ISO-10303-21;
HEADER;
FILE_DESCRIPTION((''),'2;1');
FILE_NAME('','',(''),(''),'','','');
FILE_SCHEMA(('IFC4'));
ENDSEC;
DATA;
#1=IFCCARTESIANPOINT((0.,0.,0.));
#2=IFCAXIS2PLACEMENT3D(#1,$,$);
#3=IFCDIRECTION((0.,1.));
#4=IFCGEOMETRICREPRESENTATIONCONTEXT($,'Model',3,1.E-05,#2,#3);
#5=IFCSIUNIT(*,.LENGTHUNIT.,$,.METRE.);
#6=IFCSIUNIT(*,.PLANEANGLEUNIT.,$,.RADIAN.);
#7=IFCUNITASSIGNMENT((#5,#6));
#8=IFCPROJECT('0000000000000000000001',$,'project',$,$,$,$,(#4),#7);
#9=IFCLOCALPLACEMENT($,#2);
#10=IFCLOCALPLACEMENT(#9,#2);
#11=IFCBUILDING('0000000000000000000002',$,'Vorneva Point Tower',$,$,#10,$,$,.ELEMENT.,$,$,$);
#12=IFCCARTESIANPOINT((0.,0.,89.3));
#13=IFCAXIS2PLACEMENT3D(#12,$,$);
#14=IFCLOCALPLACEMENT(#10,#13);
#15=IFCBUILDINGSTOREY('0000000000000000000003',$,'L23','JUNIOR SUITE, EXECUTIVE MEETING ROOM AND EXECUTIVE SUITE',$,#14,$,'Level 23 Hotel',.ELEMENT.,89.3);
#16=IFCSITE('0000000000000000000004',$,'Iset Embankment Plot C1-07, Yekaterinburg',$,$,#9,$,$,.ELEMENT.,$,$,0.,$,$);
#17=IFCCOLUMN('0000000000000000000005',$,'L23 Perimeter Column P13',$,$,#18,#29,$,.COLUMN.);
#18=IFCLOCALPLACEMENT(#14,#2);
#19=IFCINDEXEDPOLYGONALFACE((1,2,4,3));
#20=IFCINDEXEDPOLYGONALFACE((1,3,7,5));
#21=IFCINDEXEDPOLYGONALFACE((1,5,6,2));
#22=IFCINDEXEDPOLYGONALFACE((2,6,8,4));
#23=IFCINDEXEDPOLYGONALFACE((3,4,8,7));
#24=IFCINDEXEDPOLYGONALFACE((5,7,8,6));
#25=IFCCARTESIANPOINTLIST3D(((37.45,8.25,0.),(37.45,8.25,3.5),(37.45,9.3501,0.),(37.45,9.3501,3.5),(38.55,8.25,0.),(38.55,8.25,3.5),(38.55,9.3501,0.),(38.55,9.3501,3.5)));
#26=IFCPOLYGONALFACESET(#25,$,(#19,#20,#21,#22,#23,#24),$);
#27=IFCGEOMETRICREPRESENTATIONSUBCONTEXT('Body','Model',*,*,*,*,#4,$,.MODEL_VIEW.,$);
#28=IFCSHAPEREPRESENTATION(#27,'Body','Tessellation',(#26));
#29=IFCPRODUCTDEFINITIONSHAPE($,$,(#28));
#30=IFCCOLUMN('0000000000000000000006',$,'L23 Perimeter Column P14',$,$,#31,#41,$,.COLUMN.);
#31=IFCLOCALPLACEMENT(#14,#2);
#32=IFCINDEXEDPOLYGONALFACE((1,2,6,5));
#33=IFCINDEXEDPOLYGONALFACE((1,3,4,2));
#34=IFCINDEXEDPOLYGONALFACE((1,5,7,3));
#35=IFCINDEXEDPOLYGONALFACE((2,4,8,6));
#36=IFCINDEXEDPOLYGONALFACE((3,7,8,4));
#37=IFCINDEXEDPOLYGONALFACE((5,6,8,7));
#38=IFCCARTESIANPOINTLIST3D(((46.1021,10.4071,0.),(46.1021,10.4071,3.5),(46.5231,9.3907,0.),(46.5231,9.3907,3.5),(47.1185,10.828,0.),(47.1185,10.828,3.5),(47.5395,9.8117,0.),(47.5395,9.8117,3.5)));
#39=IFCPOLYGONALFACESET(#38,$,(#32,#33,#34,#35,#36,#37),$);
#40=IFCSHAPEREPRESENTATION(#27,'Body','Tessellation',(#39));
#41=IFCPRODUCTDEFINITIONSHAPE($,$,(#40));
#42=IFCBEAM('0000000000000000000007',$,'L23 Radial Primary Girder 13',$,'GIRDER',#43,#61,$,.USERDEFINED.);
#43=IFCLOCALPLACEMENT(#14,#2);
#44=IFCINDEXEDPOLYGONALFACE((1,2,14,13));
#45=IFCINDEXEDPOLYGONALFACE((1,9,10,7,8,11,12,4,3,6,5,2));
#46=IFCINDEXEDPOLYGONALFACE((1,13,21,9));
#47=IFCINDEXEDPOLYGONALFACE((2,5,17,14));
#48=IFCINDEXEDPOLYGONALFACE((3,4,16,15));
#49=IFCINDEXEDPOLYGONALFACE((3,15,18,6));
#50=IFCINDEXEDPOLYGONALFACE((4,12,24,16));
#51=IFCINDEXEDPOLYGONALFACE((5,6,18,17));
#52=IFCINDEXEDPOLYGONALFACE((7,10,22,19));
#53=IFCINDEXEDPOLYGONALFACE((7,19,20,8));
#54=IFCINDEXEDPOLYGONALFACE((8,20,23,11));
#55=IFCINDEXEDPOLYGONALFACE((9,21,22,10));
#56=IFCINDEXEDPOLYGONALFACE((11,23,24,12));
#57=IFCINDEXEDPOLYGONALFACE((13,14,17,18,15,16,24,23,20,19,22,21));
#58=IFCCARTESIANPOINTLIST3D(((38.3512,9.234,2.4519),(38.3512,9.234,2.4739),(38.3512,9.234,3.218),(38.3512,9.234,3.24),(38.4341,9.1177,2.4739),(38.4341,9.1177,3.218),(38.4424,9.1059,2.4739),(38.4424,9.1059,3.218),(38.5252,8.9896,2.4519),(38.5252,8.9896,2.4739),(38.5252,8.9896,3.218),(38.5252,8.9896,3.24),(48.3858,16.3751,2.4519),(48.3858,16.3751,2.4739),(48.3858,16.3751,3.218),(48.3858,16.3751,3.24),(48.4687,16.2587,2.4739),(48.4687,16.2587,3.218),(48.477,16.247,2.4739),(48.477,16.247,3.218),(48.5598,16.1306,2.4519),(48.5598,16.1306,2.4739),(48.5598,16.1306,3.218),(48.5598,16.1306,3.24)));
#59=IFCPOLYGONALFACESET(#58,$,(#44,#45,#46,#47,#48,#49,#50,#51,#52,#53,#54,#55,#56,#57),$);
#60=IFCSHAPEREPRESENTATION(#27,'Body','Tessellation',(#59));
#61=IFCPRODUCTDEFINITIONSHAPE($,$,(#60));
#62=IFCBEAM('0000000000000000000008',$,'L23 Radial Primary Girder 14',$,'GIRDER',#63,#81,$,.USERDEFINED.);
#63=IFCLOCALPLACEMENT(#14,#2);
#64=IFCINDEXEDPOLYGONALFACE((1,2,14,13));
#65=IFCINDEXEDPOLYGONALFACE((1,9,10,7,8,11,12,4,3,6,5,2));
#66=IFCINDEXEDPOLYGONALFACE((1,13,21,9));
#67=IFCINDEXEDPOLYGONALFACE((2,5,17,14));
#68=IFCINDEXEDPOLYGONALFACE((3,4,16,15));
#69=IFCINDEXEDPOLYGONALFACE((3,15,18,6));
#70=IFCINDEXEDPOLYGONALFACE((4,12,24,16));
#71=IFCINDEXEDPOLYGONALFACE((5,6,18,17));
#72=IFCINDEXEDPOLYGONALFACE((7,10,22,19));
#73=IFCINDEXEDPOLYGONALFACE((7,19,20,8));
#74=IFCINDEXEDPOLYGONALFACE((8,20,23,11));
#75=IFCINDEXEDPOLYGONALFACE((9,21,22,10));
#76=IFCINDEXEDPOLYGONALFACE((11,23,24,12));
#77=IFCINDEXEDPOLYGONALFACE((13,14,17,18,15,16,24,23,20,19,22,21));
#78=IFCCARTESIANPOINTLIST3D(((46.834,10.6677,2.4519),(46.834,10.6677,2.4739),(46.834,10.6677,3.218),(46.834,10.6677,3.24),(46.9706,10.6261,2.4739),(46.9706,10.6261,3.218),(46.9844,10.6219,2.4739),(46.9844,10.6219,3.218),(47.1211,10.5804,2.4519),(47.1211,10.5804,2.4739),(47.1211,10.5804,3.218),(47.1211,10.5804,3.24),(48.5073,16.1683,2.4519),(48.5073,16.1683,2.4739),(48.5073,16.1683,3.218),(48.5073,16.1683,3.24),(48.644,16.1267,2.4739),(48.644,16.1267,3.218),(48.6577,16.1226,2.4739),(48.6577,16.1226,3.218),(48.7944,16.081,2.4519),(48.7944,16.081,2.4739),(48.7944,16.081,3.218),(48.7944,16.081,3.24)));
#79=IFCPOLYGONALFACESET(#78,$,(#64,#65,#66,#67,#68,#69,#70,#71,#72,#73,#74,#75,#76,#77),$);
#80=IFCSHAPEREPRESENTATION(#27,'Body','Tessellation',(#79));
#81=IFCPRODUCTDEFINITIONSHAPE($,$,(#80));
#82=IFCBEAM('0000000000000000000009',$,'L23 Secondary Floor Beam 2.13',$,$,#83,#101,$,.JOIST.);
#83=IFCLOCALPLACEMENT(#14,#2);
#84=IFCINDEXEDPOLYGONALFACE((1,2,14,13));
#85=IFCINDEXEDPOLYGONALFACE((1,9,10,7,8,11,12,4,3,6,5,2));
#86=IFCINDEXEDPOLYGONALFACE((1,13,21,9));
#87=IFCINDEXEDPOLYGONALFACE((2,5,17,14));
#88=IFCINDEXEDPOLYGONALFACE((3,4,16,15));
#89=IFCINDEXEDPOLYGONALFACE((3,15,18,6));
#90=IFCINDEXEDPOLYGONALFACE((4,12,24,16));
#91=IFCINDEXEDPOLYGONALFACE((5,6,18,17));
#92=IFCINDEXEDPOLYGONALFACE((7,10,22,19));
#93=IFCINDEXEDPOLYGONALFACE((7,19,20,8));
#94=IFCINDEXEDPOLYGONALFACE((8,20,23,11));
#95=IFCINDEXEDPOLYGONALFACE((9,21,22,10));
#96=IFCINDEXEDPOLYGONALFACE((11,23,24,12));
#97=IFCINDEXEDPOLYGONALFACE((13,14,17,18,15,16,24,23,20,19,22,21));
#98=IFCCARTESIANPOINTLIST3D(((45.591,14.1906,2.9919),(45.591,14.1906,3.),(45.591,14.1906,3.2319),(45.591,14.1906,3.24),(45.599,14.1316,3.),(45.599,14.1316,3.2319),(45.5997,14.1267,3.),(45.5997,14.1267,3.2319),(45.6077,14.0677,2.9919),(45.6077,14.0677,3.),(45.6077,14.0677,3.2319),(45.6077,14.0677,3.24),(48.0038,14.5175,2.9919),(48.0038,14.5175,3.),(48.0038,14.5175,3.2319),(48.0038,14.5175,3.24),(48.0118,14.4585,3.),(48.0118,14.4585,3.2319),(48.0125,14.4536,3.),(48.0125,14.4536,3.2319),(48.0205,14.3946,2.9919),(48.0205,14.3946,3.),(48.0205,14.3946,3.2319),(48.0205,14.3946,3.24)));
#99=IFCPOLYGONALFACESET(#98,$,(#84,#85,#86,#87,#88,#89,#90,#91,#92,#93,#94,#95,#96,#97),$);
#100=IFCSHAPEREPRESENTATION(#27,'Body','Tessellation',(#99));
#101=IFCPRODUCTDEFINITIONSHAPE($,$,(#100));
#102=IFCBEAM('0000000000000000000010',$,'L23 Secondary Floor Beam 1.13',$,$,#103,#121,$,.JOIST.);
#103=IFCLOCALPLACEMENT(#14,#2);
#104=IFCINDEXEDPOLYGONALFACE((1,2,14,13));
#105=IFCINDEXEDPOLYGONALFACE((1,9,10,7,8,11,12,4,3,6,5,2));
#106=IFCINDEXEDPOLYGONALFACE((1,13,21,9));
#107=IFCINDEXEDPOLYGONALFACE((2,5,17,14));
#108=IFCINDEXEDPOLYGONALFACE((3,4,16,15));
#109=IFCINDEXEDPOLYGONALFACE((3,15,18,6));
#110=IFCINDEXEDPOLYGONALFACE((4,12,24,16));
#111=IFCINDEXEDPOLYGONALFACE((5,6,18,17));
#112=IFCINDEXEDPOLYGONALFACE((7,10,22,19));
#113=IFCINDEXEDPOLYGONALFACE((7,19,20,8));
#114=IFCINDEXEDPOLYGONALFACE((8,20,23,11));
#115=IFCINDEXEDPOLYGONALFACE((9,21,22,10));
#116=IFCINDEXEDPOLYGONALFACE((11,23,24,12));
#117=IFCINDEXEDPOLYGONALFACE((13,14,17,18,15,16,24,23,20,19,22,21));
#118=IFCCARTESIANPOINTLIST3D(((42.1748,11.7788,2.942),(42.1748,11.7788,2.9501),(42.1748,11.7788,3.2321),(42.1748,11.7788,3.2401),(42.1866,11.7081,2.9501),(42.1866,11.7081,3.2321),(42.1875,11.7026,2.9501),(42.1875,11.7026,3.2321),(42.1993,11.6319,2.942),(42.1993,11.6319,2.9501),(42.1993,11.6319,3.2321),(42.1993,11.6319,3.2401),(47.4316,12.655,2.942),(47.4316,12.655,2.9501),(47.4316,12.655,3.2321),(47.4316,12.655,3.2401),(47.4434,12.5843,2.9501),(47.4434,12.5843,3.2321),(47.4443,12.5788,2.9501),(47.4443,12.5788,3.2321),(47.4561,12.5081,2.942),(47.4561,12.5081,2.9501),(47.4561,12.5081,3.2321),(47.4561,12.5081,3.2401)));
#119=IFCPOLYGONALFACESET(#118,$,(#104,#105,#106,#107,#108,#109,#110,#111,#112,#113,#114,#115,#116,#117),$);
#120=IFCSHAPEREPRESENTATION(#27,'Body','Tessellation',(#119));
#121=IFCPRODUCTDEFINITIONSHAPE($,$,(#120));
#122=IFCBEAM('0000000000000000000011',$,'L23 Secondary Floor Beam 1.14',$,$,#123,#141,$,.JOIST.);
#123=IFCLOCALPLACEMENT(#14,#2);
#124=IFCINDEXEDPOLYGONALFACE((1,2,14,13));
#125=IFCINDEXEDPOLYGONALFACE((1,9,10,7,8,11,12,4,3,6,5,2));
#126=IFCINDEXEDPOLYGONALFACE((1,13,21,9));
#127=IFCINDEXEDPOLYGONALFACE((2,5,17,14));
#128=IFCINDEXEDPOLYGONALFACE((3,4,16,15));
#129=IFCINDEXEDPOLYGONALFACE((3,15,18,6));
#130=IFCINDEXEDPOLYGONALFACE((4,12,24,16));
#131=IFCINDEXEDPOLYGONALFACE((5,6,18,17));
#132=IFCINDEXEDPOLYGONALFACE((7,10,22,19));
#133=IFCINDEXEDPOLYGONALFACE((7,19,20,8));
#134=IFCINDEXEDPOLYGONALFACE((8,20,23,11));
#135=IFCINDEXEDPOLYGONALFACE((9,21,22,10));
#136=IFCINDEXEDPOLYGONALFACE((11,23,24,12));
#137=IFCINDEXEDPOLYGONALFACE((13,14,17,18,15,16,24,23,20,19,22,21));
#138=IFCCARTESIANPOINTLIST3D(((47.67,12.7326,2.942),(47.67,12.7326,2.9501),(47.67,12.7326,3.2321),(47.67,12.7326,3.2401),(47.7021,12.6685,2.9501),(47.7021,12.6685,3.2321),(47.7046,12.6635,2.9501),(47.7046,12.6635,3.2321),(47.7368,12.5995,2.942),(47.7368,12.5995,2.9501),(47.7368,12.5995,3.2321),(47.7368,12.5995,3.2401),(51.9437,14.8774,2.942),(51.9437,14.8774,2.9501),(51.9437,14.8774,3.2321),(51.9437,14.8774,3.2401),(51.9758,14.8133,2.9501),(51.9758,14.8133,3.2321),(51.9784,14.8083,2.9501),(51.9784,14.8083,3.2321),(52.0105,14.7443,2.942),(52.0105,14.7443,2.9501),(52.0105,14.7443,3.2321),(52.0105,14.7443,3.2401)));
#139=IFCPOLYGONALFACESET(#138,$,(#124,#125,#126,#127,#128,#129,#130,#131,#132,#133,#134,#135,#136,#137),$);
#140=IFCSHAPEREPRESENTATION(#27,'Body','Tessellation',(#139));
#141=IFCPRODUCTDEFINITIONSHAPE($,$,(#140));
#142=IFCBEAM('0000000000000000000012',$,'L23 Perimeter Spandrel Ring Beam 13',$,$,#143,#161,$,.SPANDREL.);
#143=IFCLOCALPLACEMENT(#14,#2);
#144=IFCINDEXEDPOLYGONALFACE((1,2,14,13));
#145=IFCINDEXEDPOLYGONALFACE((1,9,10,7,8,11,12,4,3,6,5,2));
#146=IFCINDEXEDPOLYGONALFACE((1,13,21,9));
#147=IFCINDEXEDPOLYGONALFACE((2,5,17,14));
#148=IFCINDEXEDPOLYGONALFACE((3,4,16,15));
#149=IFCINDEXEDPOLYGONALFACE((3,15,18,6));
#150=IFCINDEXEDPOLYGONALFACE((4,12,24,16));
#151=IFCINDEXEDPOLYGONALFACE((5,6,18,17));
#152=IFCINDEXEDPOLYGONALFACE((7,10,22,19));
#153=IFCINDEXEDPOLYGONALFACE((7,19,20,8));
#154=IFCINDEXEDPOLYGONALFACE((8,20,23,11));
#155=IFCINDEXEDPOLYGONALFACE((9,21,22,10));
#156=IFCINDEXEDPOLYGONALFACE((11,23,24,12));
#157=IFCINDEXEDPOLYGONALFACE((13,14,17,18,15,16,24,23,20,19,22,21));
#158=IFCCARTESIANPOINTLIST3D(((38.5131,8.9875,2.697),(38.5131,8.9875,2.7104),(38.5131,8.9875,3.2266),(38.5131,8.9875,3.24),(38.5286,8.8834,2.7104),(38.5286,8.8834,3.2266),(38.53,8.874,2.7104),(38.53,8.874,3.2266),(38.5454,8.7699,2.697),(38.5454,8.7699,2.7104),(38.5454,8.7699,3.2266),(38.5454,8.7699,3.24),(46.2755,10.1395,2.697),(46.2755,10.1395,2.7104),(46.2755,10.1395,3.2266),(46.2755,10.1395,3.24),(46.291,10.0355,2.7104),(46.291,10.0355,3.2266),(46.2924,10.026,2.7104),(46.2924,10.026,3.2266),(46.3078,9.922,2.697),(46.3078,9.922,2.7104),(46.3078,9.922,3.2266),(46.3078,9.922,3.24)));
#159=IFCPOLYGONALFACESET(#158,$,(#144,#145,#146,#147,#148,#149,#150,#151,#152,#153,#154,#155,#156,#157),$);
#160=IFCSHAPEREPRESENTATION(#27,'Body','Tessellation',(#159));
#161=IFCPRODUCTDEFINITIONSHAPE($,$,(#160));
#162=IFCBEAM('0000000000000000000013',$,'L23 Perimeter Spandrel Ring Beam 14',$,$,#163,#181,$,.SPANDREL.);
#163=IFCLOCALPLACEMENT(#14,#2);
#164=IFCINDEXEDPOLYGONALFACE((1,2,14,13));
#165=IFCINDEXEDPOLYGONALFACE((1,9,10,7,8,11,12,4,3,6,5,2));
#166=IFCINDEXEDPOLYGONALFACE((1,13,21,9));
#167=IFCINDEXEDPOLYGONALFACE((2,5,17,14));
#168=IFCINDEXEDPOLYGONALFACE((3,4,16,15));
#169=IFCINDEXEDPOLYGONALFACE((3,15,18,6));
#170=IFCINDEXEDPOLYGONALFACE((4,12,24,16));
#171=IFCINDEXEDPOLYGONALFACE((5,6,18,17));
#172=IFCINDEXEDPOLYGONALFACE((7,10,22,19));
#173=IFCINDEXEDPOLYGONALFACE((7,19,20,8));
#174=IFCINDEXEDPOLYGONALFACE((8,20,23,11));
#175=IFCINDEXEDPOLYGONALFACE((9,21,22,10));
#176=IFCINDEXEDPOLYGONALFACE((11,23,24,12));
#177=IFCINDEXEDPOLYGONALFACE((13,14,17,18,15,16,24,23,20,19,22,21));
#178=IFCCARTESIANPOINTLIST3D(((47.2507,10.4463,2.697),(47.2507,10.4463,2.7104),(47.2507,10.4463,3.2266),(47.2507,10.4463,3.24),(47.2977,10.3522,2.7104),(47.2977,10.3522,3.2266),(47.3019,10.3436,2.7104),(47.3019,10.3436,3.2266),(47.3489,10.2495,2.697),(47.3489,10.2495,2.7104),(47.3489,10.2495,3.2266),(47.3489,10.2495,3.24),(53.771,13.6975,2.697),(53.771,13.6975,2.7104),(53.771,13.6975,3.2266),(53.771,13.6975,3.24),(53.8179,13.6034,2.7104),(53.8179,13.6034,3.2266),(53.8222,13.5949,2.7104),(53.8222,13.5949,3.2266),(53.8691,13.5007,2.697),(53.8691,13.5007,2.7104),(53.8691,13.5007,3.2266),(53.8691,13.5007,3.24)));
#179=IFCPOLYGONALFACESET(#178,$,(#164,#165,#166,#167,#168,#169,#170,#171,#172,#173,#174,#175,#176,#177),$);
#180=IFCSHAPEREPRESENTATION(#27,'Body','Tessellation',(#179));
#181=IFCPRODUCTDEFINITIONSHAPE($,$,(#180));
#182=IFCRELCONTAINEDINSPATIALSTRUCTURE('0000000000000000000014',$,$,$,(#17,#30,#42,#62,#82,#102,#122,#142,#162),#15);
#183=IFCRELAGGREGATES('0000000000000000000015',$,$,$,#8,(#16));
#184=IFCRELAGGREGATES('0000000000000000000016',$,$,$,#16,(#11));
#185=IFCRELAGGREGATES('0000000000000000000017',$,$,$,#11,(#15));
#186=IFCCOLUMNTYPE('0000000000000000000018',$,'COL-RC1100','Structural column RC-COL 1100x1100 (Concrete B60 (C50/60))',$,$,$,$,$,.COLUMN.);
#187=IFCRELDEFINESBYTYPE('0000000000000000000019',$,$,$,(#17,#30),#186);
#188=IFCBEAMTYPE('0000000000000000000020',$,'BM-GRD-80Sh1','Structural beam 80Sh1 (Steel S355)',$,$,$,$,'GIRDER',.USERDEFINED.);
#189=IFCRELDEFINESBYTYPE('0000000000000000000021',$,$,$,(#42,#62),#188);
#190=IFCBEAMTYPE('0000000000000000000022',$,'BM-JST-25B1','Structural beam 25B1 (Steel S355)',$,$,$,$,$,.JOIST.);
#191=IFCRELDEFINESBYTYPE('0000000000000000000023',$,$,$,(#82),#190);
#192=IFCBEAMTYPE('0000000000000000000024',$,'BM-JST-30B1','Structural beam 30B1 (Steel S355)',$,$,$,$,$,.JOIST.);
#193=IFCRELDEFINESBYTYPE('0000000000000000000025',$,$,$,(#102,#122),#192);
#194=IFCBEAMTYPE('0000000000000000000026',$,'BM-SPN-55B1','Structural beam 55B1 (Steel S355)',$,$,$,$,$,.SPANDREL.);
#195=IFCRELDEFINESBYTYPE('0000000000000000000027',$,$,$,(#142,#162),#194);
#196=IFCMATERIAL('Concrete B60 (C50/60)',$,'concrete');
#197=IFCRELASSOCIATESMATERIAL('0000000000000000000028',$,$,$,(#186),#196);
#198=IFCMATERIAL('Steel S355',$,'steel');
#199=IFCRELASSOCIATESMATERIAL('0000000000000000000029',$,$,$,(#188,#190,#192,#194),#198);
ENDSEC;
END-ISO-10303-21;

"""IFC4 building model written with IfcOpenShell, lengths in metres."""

from ifc_helpers import new_model, si_unit, direction, frame, origin, origin_2d, place, context, subcontext, project, spatial, rectangle, i_section, extrude, material, material_profile, profile_set, type_object, element, save


model = new_model("IFC4")

# Units and contexts
model_context = context("Model", 3, precision=1e-05, world=origin(), true_north=direction((0.0, 1.0)))
body_context = subcontext(model_context, "Body", "Model", "MODEL_VIEW")
ifc_project = project(units=[si_unit("LENGTHUNIT", "METRE"), si_unit("PLANEANGLEUNIT", "RADIAN")], contexts=[model_context])

# Site, building, storey
site_placement = place(None, origin())
site = spatial("IfcSite", under=ifc_project, at=site_placement, Name="Iset Embankment Plot C1-07, Yekaterinburg", CompositionType="ELEMENT", RefElevation=0.0)
building_placement = place(site_placement, origin())
building = spatial("IfcBuilding", under=site, at=building_placement, Name="Vorneva Point Tower", CompositionType="ELEMENT")
storey_placement = place(building_placement, frame((0.0, 0.0, 89.3)))
storey = spatial("IfcBuildingStorey", under=building, at=storey_placement, Name="L23", Description="JUNIOR SUITE, EXECUTIVE MEETING ROOM AND EXECUTIVE SUITE", LongName="Level 23 Hotel", CompositionType="ELEMENT", Elevation=89.3)

# Columns
ifc_material_1 = material(Name="Concrete B60 (C50/60)", Category="concrete")
ifc_material_profile_1 = material_profile(ifc_material_1, rectangle(XDim=1.1001, YDim=1.1001, at=origin_2d()), Name="RC-COL 1100x1100")
ifc_profile_set_1 = profile_set([ifc_material_profile_1], Name="Concrete B60 (C50/60)")
column_type = type_object("IfcColumnType", Name="COL-RC1100", Description="Structural column RC-COL 1100x1100 (Concrete B60 (C50/60))", PredefinedType="COLUMN", material=ifc_profile_set_1)
for number, where, z_axis, x_axis, name in (
    (1, (38.0, 8.8, 0.0), (0.0, 0.0, 1.0), (0.0, -1.0, 0.0), "L23 Perimeter Column P13"),
    (2, (46.8208, 10.1094, 0.0), (0.0, 0.0, 1.0), (0.382683, -0.92388, 0.0), "L23 Perimeter Column P14"),
):
    element("IfcColumn", number, at=place(storey_placement, frame(where, z_axis=z_axis, x_axis=x_axis)), inside=storey, type_object=column_type, Name=name, PredefinedType="COLUMN", context=body_context, shape_type="SweptSolid", body=[
        extrude(rectangle(XDim=1.1001, YDim=1.1001, at=origin_2d()), origin(), (0.0, 0.0, 1.0), 3.5),
    ])

# Beams
ifc_material_2 = material(Name="Steel S355", Category="steel")
ifc_material_profile_2 = material_profile(ifc_material_2, i_section(OverallWidth=0.3, OverallDepth=0.7881, WebThickness=0.0144, FlangeThickness=0.022, at=origin_2d()), Name="80Sh1")
ifc_profile_set_2 = profile_set([ifc_material_profile_2], Name="Steel S355")
beam_type_1 = type_object("IfcBeamType", Name="BM-GRD-80Sh1", Description="Structural beam 80Sh1 (Steel S355)", ElementType="GIRDER", PredefinedType="USERDEFINED", material=ifc_profile_set_2)
beam_1_placement = place(storey_placement, frame((38.4382, 9.1118, 2.8459), z_axis=(0.81475, 0.579812, 0.0), x_axis=(-0.579812, 0.81475, 0.0)))
element("IfcBeam", 3, at=beam_1_placement, inside=storey, type_object=beam_type_1, Name="L23 Radial Primary Girder 13", ObjectType="GIRDER", PredefinedType="USERDEFINED", context=body_context, shape_type="SweptSolid", body=[
    extrude(i_section(OverallWidth=0.3, OverallDepth=0.7881, WebThickness=0.0144, FlangeThickness=0.022, at=origin_2d()), origin(), (0.0, 0.0, 1.0), 12.3162),
])
beam_2_placement = place(storey_placement, frame((46.9775, 10.624, 2.8459), z_axis=(0.291035, 0.956712, 0.0), x_axis=(-0.956712, 0.291035, 0.0)))
element("IfcBeam", 4, at=beam_2_placement, inside=storey, type_object=beam_type_1, Name="L23 Radial Primary Girder 14", ObjectType="GIRDER", PredefinedType="USERDEFINED", context=body_context, shape_type="SweptSolid", body=[
    extrude(i_section(OverallWidth=0.3, OverallDepth=0.7881, WebThickness=0.0144, FlangeThickness=0.022, at=origin_2d()), origin(), (0.0, 0.0, 1.0), 5.7495),
])
ifc_material_profile_3 = material_profile(ifc_material_2, i_section(OverallWidth=0.124, OverallDepth=0.248, WebThickness=0.0049, FlangeThickness=0.0081, at=origin_2d()), Name="25B1")
ifc_profile_set_3 = profile_set([ifc_material_profile_3], Name="Steel S355")
beam_type_2 = type_object("IfcBeamType", Name="BM-JST-25B1", Description="Structural beam 25B1 (Steel S355)", PredefinedType="JOIST", material=ifc_profile_set_3)
beam_3_placement = place(storey_placement, frame((45.5994, 14.1292, 3.116), z_axis=(0.990946, 0.134259, 0.0), x_axis=(-0.134259, 0.990946, 0.0)))
element("IfcBeam", 5, at=beam_3_placement, inside=storey, type_object=beam_type_2, Name="L23 Secondary Floor Beam 2.13", PredefinedType="JOIST", context=body_context, shape_type="SweptSolid", body=[
    extrude(i_section(OverallWidth=0.124, OverallDepth=0.248, WebThickness=0.0049, FlangeThickness=0.0081, at=origin_2d()), origin(), (0.0, 0.0, 1.0), 2.4348),
])
ifc_material_profile_4 = material_profile(ifc_material_2, i_section(OverallWidth=0.1489, OverallDepth=0.2981, WebThickness=0.0056, FlangeThickness=0.0081, at=origin_2d()), Name="30B1")
ifc_profile_set_4 = profile_set([ifc_material_profile_4], Name="Steel S355")
beam_type_3 = type_object("IfcBeamType", Name="BM-JST-30B1", Description="Structural beam 30B1 (Steel S355)", PredefinedType="JOIST", material=ifc_profile_set_4)
beam_4_placement = place(storey_placement, frame((42.187, 11.7053, 3.0911), z_axis=(0.986391, 0.164414, 0.0), x_axis=(-0.164414, 0.986391, 0.0)))
element("IfcBeam", 6, at=beam_4_placement, inside=storey, type_object=beam_type_3, Name="L23 Secondary Floor Beam 1.13", PredefinedType="JOIST", context=body_context, shape_type="SweptSolid", body=[
    extrude(i_section(OverallWidth=0.1489, OverallDepth=0.2981, WebThickness=0.0056, FlangeThickness=0.0081, at=origin_2d()), origin(), (0.0, 0.0, 1.0), 5.3293),
])
beam_5_placement = place(storey_placement, frame((47.7034, 12.666, 3.0911), z_axis=(0.893762, 0.448541, 0.0), x_axis=(-0.448541, 0.893762, 0.0)))
element("IfcBeam", 7, at=beam_5_placement, inside=storey, type_object=beam_type_3, Name="L23 Secondary Floor Beam 1.14", PredefinedType="JOIST", context=body_context, shape_type="SweptSolid", body=[
    extrude(i_section(OverallWidth=0.1489, OverallDepth=0.2981, WebThickness=0.0056, FlangeThickness=0.0081, at=origin_2d()), origin(), (0.0, 0.0, 1.0), 4.7817),
])
ifc_material_profile_5 = material_profile(ifc_material_2, i_section(OverallWidth=0.22, OverallDepth=0.543, WebThickness=0.0095, FlangeThickness=0.0134, at=origin_2d()), Name="55B1")
ifc_profile_set_5 = profile_set([ifc_material_profile_5], Name="Steel S355")
beam_type_4 = type_object("IfcBeamType", Name="BM-SPN-55B1", Description="Structural beam 55B1 (Steel S355)", PredefinedType="SPANDREL", material=ifc_profile_set_5)
beam_6_placement = place(storey_placement, frame((38.5293, 8.8787, 2.9685), z_axis=(0.989165, 0.146811, 0.0), x_axis=(-0.146811, 0.989165, 0.0)))
element("IfcBeam", 8, at=beam_6_placement, inside=storey, type_object=beam_type_4, Name="L23 Perimeter Spandrel Ring Beam 13", PredefinedType="SPANDREL", context=body_context, shape_type="SweptSolid", body=[
    extrude(i_section(OverallWidth=0.22, OverallDepth=0.543, WebThickness=0.0095, FlangeThickness=0.0134, at=origin_2d()), origin(), (0.0, 0.0, 1.0), 7.8474),
])
beam_7_placement = place(storey_placement, frame((47.2998, 10.3479, 2.9685), z_axis=(0.894916, 0.446235, 0.0), x_axis=(-0.446235, 0.894916, 0.0)))
element("IfcBeam", 9, at=beam_7_placement, inside=storey, type_object=beam_type_4, Name="L23 Perimeter Spandrel Ring Beam 14", PredefinedType="SPANDREL", context=body_context, shape_type="SweptSolid", body=[
    extrude(i_section(OverallWidth=0.22, OverallDepth=0.543, WebThickness=0.0095, FlangeThickness=0.0134, at=origin_2d()), origin(), (0.0, 0.0, 1.0), 7.2859),
])

save(model, "model.ifc")
